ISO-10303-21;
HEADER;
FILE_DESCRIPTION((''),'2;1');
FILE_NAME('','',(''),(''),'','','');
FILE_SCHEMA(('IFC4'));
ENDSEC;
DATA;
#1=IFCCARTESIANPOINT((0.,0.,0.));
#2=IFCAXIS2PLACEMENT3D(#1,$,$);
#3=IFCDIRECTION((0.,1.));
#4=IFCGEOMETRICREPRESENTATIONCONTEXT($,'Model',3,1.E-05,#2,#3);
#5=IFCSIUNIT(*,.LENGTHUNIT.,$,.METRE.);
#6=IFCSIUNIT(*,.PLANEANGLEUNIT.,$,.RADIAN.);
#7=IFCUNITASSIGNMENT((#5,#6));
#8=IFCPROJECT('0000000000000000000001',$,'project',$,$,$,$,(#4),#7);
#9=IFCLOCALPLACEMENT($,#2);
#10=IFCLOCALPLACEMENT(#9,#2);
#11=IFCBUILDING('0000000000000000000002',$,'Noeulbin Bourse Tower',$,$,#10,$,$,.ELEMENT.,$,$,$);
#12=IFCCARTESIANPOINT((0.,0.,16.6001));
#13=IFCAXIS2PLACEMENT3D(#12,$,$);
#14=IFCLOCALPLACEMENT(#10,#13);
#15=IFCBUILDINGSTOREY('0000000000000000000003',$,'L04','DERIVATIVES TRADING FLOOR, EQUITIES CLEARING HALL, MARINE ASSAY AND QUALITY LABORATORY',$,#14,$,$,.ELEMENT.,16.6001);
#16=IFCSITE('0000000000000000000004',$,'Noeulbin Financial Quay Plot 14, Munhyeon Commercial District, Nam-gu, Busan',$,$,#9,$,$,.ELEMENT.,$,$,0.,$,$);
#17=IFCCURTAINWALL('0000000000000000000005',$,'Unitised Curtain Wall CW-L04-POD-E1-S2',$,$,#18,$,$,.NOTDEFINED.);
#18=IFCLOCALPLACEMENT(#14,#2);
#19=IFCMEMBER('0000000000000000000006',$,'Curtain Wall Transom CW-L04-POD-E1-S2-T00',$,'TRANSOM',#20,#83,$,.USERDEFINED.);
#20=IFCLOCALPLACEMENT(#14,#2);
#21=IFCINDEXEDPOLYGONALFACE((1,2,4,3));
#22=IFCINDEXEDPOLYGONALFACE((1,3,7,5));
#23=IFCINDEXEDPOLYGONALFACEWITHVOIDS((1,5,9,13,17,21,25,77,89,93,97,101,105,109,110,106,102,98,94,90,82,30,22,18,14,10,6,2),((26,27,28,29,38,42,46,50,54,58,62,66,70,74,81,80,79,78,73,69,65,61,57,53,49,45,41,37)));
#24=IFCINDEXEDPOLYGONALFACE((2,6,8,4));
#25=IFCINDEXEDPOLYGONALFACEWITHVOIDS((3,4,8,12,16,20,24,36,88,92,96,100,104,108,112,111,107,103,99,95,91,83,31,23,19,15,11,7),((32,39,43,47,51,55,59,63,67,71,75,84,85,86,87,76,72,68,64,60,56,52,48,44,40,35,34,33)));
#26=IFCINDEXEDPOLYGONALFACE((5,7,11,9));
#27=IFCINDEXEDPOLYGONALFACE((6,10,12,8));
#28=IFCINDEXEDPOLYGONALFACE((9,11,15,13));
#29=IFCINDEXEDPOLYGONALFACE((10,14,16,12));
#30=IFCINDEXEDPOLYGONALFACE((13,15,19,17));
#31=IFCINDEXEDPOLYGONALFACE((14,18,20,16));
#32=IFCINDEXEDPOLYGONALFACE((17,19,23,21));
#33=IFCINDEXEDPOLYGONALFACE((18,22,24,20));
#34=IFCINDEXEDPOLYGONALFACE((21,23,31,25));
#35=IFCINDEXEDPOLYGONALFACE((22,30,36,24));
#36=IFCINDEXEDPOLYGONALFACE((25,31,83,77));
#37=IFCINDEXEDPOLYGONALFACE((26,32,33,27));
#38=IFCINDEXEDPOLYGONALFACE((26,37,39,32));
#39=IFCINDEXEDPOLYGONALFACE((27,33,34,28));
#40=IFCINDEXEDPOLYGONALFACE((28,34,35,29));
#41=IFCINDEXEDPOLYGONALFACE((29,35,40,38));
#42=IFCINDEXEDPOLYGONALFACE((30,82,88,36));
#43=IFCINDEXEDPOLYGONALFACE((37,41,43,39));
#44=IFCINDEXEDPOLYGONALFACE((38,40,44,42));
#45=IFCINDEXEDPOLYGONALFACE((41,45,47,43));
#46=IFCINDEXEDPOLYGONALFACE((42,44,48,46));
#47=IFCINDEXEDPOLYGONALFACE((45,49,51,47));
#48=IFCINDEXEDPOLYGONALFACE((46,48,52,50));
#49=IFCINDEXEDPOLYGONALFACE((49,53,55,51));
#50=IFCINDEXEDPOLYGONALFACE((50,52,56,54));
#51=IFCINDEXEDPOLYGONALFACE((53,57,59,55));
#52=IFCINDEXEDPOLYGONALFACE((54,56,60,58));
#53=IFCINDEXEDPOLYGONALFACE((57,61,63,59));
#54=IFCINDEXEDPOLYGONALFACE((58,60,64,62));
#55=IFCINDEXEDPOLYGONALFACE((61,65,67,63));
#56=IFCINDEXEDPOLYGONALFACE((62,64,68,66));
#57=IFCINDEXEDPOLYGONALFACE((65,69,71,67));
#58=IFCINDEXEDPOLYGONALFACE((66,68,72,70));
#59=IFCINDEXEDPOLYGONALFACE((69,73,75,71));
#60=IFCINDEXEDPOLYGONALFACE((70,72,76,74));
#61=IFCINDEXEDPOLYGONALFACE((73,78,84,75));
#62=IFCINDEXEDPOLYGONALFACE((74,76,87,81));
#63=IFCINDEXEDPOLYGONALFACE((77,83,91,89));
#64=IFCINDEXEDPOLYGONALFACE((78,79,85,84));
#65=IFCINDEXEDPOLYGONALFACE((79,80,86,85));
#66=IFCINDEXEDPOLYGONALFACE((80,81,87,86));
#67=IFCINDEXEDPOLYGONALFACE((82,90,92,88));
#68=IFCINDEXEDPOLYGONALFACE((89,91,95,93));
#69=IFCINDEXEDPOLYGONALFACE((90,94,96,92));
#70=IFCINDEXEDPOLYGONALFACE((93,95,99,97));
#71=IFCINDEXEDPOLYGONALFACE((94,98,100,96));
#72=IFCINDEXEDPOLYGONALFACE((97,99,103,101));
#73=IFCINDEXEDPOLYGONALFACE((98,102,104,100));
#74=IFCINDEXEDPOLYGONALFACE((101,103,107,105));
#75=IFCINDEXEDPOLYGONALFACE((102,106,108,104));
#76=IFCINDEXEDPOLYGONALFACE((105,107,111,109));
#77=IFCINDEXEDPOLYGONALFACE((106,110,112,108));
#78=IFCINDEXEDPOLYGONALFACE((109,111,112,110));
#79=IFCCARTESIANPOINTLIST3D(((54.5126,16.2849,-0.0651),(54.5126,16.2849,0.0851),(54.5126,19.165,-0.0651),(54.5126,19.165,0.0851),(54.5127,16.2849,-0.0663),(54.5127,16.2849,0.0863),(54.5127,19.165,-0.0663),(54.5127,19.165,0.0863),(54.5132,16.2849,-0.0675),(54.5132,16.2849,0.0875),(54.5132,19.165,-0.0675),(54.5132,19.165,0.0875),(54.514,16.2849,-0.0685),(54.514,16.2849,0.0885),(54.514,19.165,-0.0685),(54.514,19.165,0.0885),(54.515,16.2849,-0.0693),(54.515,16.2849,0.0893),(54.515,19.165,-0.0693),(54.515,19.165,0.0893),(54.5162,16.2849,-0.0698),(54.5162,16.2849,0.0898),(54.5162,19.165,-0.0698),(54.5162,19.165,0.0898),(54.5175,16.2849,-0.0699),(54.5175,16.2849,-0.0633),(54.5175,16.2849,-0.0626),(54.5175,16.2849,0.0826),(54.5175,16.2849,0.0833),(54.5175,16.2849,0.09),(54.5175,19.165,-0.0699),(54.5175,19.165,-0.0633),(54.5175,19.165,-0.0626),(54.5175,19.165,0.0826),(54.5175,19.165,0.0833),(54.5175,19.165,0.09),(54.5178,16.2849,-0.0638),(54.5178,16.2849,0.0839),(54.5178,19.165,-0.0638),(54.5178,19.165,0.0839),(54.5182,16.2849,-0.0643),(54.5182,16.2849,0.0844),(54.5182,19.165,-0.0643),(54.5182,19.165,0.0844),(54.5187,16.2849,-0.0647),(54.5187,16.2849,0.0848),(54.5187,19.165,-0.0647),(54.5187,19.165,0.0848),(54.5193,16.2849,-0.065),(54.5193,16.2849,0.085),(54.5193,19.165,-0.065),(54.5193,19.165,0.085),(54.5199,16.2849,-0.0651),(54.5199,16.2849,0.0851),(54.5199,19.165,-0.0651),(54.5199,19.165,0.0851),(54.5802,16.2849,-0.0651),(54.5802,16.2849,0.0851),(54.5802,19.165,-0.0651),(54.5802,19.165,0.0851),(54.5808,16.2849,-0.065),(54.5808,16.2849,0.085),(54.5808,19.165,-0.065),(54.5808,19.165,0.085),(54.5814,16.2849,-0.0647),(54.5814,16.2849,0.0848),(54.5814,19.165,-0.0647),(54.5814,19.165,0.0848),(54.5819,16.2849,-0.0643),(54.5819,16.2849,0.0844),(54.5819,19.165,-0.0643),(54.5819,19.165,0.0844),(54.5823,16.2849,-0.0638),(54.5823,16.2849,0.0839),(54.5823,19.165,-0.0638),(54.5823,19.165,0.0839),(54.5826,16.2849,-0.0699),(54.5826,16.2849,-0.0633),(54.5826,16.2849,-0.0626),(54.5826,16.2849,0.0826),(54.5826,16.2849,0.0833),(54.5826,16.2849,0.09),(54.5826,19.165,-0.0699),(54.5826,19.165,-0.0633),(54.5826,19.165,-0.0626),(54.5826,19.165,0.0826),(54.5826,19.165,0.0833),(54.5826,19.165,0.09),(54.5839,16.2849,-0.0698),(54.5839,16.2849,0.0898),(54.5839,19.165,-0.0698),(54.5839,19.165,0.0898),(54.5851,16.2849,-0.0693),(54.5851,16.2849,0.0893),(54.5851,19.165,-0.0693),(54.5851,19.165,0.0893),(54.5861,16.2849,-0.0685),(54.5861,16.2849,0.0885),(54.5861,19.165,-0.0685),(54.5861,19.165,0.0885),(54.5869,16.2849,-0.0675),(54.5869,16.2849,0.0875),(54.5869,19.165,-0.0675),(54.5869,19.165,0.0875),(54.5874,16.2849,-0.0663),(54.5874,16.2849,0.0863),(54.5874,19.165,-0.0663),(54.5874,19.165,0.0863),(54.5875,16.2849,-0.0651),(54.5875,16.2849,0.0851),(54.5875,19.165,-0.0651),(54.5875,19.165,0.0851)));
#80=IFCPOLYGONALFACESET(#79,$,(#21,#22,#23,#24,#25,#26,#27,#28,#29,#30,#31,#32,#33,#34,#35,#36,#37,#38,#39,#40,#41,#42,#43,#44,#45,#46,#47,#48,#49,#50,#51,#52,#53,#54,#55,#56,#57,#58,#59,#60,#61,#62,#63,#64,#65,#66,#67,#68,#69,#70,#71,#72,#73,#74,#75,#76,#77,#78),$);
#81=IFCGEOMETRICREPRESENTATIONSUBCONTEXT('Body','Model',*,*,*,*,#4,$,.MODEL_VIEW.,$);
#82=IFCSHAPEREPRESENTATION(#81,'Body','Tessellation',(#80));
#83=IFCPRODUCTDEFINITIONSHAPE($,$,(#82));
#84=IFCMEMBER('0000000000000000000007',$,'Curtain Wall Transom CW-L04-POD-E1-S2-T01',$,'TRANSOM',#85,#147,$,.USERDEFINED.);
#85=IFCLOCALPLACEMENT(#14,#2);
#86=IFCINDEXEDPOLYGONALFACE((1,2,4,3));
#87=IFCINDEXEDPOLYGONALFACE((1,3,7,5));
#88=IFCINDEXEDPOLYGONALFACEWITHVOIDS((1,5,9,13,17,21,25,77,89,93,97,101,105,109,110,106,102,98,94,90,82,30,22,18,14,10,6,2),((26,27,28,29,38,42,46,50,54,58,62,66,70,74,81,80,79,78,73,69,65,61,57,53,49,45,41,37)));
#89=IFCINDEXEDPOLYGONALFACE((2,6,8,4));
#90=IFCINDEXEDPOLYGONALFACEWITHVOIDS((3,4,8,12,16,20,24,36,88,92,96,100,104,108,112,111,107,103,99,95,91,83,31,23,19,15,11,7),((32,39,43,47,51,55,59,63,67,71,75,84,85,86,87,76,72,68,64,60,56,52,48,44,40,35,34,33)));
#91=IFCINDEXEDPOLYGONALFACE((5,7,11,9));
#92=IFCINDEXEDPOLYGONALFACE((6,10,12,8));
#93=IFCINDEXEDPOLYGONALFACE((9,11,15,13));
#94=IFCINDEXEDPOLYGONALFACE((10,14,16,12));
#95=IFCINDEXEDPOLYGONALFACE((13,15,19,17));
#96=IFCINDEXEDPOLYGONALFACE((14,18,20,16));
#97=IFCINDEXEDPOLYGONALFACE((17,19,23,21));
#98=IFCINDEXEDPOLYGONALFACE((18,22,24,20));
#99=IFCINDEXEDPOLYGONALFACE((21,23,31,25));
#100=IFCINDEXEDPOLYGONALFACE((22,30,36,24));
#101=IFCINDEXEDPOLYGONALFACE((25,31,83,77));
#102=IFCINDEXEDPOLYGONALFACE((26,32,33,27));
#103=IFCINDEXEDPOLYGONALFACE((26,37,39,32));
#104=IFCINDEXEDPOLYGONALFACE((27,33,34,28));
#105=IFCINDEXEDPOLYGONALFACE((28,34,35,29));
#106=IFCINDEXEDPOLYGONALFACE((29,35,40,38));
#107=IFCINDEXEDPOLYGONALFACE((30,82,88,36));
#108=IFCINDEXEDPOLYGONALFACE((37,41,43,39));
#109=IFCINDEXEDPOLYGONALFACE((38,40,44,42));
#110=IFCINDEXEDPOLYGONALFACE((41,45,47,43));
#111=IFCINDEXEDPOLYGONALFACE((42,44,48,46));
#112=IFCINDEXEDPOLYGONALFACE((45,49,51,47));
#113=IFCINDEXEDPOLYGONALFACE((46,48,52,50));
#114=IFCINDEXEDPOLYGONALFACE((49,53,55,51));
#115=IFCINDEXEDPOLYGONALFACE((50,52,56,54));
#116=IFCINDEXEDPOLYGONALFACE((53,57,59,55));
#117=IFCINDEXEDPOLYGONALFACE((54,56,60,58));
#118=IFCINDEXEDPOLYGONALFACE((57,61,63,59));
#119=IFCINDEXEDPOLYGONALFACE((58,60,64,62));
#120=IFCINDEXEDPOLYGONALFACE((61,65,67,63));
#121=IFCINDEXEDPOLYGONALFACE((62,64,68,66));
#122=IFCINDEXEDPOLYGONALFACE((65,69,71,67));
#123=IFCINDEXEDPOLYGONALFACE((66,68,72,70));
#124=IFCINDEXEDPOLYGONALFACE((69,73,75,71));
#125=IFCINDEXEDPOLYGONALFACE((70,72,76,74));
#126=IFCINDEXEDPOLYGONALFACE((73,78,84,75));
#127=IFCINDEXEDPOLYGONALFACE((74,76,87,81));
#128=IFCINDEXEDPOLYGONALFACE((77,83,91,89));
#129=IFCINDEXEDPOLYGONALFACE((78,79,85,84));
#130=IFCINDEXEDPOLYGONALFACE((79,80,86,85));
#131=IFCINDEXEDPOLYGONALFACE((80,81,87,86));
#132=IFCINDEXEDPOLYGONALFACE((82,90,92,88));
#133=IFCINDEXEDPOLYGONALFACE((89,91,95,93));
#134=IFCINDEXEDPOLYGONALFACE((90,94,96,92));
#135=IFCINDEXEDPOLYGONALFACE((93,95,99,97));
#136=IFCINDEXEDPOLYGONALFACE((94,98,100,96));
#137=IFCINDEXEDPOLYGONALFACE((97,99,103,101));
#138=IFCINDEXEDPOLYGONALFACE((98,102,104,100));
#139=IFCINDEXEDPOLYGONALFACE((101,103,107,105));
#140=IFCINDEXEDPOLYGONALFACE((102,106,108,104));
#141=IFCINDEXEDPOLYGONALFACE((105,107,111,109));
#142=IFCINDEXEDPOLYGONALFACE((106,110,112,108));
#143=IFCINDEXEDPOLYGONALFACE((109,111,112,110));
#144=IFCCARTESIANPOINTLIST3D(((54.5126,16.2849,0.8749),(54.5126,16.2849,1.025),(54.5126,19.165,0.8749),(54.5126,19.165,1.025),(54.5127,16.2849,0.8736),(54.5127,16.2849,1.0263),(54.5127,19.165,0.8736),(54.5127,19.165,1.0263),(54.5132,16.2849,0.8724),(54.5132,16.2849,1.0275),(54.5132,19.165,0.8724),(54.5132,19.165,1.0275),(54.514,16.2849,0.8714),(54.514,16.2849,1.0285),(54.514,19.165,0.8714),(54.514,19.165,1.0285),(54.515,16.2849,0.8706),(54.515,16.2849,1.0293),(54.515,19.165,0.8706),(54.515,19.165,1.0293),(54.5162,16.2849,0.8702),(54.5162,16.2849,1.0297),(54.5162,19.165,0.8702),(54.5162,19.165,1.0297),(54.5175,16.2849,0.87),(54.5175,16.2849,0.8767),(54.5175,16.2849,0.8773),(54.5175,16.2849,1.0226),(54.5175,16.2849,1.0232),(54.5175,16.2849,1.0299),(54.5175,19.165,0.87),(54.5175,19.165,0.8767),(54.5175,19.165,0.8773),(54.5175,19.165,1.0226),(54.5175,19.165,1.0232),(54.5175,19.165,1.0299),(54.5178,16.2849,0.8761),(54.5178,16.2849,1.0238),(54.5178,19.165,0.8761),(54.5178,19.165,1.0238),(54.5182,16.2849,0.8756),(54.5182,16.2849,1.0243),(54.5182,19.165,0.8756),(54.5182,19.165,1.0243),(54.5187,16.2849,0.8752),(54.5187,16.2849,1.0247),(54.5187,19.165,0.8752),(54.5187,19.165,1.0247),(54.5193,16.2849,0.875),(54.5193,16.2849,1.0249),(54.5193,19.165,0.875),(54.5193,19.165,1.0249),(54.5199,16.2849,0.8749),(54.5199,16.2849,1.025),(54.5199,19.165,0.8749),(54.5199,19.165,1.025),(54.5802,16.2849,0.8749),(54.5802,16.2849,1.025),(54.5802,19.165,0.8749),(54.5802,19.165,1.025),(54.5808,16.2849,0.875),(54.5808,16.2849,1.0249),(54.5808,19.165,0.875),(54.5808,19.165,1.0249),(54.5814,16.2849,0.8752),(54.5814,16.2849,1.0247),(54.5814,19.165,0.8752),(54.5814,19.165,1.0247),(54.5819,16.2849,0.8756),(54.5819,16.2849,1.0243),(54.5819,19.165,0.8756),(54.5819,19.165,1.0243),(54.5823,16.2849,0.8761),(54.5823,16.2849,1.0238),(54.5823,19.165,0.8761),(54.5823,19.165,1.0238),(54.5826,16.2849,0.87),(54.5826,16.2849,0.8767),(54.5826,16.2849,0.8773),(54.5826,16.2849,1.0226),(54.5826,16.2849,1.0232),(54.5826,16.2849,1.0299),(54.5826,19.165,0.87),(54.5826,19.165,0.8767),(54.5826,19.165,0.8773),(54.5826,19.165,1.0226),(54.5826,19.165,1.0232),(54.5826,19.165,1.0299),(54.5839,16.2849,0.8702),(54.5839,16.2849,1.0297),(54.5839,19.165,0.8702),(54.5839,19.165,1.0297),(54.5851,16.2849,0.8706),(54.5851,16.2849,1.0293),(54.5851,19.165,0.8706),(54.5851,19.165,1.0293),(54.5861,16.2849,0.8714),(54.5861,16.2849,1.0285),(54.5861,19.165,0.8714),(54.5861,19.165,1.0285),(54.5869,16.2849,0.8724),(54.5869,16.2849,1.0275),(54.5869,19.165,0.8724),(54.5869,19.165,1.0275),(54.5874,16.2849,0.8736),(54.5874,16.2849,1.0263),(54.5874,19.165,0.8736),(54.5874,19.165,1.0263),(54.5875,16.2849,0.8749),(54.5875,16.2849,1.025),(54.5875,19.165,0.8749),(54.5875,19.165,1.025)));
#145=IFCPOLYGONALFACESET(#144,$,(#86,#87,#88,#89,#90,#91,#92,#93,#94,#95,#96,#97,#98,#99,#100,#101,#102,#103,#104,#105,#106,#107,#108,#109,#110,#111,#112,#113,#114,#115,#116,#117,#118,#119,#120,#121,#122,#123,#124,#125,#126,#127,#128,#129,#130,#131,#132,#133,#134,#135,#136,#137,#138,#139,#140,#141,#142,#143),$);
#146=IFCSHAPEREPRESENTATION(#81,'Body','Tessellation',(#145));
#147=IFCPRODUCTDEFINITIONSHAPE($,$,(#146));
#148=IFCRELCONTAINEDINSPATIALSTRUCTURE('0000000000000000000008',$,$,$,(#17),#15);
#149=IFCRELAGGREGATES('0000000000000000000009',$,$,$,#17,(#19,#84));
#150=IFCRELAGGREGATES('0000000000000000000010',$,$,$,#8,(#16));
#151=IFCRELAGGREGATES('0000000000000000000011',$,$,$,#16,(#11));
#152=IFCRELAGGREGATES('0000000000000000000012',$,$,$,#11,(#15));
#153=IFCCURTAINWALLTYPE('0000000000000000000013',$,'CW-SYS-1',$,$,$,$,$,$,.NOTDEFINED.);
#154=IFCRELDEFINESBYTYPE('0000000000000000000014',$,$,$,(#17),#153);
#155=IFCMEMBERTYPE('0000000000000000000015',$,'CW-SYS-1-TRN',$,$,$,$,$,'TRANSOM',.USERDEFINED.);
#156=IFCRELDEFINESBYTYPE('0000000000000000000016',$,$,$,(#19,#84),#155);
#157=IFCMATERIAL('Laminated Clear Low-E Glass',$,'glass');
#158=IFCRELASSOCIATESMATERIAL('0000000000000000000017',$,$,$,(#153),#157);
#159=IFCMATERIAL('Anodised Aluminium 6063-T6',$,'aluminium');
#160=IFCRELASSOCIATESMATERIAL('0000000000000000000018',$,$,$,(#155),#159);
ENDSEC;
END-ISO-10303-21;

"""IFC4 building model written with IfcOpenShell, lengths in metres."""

from ifc_helpers import new_model, si_unit, direction, frame, origin, origin_2d, place, context, subcontext, project, spatial, hollow_rectangle, extrude, material, material_profile, profile_set, type_object, element, aggregate, save


model = new_model("IFC4")

# Units and contexts
model_context = context("Model", 3, precision=1e-05, world=origin(), true_north=direction((0.0, 1.0)))
body_context = subcontext(model_context, "Body", "Model", "MODEL_VIEW")
ifc_project = project(units=[si_unit("LENGTHUNIT", "METRE"), si_unit("PLANEANGLEUNIT", "RADIAN")], contexts=[model_context])

# Site, building, storey
site_placement = place(None, origin())
site = spatial("IfcSite", under=ifc_project, at=site_placement, Name="Noeulbin Financial Quay Plot 14, Munhyeon Commercial District, Nam-gu, Busan", CompositionType="ELEMENT", RefElevation=0.0)
building_placement = place(site_placement, origin())
building = spatial("IfcBuilding", under=site, at=building_placement, Name="Noeulbin Bourse Tower", CompositionType="ELEMENT")
storey_placement = place(building_placement, frame((0.0, 0.0, 16.6001)))
storey = spatial("IfcBuildingStorey", under=building, at=storey_placement, Name="L04", Description="DERIVATIVES TRADING FLOOR, EQUITIES CLEARING HALL, MARINE ASSAY AND QUALITY LABORATORY", CompositionType="ELEMENT", Elevation=16.6001)

# Curtain wall, members
ifc_material_1 = material(Name="Laminated Clear Low-E Glass", Category="glass")
curtain_wall_type = type_object("IfcCurtainWallType", Name="CW-SYS-1", PredefinedType="NOTDEFINED", material=ifc_material_1)
curtain_wall_placement = place(storey_placement, origin())
curtain_wall = element("IfcCurtainWall", 1, at=curtain_wall_placement, inside=storey, type_object=curtain_wall_type, Name="Unitised Curtain Wall CW-L04-POD-E1-S2", PredefinedType="NOTDEFINED")
ifc_material_2 = material(Name="Anodised Aluminium 6063-T6", Category="aluminium")
ifc_material_profile_1 = material_profile(ifc_material_2, hollow_rectangle(XDim=0.075, YDim=0.1599, WallThickness=0.0049, InnerFilletRadius=0.0024, OuterFilletRadius=0.0049, at=origin_2d()), Name="ALU-TRAN-75x160x5", Category="LoadBearing")
ifc_profile_set_1 = profile_set([ifc_material_profile_1], Name="Anodised Aluminium 6063-T6")
member_type_1 = type_object("IfcMemberType", Name="CW-SYS-1-TRN", ElementType="TRANSOM", PredefinedType="USERDEFINED", material=ifc_profile_set_1)
member_1_placement = place(storey_placement, frame((54.55, 16.2849, 0.01), z_axis=(0.0, 1.0, 0.0), x_axis=(-1.0, 0.0, 0.0)))
member_1 = element("IfcMember", 2, at=member_1_placement, type_object=member_type_1, Name="Curtain Wall Transom CW-L04-POD-E1-S2-T00", ObjectType="TRANSOM", PredefinedType="USERDEFINED", context=body_context, shape_type="SweptSolid", body=[
    extrude(hollow_rectangle(XDim=0.075, YDim=0.1599, WallThickness=0.0049, InnerFilletRadius=0.0024, OuterFilletRadius=0.0049, at=origin_2d()), origin(), (0.0, 0.0, 1.0), 2.8801),
])
member_2_placement = place(storey_placement, frame((54.55, 16.2849, 0.95), z_axis=(0.0, 1.0, 0.0), x_axis=(-1.0, 0.0, 0.0)))
member_2 = element("IfcMember", 3, at=member_2_placement, type_object=member_type_1, Name="Curtain Wall Transom CW-L04-POD-E1-S2-T01", ObjectType="TRANSOM", PredefinedType="USERDEFINED", context=body_context, shape_type="SweptSolid", body=[
    extrude(hollow_rectangle(XDim=0.075, YDim=0.1599, WallThickness=0.0049, InnerFilletRadius=0.0024, OuterFilletRadius=0.0049, at=origin_2d()), origin(), (0.0, 0.0, 1.0), 2.8801),
])
aggregate(curtain_wall, [member_1, member_2])

save(model, "model.ifc")
